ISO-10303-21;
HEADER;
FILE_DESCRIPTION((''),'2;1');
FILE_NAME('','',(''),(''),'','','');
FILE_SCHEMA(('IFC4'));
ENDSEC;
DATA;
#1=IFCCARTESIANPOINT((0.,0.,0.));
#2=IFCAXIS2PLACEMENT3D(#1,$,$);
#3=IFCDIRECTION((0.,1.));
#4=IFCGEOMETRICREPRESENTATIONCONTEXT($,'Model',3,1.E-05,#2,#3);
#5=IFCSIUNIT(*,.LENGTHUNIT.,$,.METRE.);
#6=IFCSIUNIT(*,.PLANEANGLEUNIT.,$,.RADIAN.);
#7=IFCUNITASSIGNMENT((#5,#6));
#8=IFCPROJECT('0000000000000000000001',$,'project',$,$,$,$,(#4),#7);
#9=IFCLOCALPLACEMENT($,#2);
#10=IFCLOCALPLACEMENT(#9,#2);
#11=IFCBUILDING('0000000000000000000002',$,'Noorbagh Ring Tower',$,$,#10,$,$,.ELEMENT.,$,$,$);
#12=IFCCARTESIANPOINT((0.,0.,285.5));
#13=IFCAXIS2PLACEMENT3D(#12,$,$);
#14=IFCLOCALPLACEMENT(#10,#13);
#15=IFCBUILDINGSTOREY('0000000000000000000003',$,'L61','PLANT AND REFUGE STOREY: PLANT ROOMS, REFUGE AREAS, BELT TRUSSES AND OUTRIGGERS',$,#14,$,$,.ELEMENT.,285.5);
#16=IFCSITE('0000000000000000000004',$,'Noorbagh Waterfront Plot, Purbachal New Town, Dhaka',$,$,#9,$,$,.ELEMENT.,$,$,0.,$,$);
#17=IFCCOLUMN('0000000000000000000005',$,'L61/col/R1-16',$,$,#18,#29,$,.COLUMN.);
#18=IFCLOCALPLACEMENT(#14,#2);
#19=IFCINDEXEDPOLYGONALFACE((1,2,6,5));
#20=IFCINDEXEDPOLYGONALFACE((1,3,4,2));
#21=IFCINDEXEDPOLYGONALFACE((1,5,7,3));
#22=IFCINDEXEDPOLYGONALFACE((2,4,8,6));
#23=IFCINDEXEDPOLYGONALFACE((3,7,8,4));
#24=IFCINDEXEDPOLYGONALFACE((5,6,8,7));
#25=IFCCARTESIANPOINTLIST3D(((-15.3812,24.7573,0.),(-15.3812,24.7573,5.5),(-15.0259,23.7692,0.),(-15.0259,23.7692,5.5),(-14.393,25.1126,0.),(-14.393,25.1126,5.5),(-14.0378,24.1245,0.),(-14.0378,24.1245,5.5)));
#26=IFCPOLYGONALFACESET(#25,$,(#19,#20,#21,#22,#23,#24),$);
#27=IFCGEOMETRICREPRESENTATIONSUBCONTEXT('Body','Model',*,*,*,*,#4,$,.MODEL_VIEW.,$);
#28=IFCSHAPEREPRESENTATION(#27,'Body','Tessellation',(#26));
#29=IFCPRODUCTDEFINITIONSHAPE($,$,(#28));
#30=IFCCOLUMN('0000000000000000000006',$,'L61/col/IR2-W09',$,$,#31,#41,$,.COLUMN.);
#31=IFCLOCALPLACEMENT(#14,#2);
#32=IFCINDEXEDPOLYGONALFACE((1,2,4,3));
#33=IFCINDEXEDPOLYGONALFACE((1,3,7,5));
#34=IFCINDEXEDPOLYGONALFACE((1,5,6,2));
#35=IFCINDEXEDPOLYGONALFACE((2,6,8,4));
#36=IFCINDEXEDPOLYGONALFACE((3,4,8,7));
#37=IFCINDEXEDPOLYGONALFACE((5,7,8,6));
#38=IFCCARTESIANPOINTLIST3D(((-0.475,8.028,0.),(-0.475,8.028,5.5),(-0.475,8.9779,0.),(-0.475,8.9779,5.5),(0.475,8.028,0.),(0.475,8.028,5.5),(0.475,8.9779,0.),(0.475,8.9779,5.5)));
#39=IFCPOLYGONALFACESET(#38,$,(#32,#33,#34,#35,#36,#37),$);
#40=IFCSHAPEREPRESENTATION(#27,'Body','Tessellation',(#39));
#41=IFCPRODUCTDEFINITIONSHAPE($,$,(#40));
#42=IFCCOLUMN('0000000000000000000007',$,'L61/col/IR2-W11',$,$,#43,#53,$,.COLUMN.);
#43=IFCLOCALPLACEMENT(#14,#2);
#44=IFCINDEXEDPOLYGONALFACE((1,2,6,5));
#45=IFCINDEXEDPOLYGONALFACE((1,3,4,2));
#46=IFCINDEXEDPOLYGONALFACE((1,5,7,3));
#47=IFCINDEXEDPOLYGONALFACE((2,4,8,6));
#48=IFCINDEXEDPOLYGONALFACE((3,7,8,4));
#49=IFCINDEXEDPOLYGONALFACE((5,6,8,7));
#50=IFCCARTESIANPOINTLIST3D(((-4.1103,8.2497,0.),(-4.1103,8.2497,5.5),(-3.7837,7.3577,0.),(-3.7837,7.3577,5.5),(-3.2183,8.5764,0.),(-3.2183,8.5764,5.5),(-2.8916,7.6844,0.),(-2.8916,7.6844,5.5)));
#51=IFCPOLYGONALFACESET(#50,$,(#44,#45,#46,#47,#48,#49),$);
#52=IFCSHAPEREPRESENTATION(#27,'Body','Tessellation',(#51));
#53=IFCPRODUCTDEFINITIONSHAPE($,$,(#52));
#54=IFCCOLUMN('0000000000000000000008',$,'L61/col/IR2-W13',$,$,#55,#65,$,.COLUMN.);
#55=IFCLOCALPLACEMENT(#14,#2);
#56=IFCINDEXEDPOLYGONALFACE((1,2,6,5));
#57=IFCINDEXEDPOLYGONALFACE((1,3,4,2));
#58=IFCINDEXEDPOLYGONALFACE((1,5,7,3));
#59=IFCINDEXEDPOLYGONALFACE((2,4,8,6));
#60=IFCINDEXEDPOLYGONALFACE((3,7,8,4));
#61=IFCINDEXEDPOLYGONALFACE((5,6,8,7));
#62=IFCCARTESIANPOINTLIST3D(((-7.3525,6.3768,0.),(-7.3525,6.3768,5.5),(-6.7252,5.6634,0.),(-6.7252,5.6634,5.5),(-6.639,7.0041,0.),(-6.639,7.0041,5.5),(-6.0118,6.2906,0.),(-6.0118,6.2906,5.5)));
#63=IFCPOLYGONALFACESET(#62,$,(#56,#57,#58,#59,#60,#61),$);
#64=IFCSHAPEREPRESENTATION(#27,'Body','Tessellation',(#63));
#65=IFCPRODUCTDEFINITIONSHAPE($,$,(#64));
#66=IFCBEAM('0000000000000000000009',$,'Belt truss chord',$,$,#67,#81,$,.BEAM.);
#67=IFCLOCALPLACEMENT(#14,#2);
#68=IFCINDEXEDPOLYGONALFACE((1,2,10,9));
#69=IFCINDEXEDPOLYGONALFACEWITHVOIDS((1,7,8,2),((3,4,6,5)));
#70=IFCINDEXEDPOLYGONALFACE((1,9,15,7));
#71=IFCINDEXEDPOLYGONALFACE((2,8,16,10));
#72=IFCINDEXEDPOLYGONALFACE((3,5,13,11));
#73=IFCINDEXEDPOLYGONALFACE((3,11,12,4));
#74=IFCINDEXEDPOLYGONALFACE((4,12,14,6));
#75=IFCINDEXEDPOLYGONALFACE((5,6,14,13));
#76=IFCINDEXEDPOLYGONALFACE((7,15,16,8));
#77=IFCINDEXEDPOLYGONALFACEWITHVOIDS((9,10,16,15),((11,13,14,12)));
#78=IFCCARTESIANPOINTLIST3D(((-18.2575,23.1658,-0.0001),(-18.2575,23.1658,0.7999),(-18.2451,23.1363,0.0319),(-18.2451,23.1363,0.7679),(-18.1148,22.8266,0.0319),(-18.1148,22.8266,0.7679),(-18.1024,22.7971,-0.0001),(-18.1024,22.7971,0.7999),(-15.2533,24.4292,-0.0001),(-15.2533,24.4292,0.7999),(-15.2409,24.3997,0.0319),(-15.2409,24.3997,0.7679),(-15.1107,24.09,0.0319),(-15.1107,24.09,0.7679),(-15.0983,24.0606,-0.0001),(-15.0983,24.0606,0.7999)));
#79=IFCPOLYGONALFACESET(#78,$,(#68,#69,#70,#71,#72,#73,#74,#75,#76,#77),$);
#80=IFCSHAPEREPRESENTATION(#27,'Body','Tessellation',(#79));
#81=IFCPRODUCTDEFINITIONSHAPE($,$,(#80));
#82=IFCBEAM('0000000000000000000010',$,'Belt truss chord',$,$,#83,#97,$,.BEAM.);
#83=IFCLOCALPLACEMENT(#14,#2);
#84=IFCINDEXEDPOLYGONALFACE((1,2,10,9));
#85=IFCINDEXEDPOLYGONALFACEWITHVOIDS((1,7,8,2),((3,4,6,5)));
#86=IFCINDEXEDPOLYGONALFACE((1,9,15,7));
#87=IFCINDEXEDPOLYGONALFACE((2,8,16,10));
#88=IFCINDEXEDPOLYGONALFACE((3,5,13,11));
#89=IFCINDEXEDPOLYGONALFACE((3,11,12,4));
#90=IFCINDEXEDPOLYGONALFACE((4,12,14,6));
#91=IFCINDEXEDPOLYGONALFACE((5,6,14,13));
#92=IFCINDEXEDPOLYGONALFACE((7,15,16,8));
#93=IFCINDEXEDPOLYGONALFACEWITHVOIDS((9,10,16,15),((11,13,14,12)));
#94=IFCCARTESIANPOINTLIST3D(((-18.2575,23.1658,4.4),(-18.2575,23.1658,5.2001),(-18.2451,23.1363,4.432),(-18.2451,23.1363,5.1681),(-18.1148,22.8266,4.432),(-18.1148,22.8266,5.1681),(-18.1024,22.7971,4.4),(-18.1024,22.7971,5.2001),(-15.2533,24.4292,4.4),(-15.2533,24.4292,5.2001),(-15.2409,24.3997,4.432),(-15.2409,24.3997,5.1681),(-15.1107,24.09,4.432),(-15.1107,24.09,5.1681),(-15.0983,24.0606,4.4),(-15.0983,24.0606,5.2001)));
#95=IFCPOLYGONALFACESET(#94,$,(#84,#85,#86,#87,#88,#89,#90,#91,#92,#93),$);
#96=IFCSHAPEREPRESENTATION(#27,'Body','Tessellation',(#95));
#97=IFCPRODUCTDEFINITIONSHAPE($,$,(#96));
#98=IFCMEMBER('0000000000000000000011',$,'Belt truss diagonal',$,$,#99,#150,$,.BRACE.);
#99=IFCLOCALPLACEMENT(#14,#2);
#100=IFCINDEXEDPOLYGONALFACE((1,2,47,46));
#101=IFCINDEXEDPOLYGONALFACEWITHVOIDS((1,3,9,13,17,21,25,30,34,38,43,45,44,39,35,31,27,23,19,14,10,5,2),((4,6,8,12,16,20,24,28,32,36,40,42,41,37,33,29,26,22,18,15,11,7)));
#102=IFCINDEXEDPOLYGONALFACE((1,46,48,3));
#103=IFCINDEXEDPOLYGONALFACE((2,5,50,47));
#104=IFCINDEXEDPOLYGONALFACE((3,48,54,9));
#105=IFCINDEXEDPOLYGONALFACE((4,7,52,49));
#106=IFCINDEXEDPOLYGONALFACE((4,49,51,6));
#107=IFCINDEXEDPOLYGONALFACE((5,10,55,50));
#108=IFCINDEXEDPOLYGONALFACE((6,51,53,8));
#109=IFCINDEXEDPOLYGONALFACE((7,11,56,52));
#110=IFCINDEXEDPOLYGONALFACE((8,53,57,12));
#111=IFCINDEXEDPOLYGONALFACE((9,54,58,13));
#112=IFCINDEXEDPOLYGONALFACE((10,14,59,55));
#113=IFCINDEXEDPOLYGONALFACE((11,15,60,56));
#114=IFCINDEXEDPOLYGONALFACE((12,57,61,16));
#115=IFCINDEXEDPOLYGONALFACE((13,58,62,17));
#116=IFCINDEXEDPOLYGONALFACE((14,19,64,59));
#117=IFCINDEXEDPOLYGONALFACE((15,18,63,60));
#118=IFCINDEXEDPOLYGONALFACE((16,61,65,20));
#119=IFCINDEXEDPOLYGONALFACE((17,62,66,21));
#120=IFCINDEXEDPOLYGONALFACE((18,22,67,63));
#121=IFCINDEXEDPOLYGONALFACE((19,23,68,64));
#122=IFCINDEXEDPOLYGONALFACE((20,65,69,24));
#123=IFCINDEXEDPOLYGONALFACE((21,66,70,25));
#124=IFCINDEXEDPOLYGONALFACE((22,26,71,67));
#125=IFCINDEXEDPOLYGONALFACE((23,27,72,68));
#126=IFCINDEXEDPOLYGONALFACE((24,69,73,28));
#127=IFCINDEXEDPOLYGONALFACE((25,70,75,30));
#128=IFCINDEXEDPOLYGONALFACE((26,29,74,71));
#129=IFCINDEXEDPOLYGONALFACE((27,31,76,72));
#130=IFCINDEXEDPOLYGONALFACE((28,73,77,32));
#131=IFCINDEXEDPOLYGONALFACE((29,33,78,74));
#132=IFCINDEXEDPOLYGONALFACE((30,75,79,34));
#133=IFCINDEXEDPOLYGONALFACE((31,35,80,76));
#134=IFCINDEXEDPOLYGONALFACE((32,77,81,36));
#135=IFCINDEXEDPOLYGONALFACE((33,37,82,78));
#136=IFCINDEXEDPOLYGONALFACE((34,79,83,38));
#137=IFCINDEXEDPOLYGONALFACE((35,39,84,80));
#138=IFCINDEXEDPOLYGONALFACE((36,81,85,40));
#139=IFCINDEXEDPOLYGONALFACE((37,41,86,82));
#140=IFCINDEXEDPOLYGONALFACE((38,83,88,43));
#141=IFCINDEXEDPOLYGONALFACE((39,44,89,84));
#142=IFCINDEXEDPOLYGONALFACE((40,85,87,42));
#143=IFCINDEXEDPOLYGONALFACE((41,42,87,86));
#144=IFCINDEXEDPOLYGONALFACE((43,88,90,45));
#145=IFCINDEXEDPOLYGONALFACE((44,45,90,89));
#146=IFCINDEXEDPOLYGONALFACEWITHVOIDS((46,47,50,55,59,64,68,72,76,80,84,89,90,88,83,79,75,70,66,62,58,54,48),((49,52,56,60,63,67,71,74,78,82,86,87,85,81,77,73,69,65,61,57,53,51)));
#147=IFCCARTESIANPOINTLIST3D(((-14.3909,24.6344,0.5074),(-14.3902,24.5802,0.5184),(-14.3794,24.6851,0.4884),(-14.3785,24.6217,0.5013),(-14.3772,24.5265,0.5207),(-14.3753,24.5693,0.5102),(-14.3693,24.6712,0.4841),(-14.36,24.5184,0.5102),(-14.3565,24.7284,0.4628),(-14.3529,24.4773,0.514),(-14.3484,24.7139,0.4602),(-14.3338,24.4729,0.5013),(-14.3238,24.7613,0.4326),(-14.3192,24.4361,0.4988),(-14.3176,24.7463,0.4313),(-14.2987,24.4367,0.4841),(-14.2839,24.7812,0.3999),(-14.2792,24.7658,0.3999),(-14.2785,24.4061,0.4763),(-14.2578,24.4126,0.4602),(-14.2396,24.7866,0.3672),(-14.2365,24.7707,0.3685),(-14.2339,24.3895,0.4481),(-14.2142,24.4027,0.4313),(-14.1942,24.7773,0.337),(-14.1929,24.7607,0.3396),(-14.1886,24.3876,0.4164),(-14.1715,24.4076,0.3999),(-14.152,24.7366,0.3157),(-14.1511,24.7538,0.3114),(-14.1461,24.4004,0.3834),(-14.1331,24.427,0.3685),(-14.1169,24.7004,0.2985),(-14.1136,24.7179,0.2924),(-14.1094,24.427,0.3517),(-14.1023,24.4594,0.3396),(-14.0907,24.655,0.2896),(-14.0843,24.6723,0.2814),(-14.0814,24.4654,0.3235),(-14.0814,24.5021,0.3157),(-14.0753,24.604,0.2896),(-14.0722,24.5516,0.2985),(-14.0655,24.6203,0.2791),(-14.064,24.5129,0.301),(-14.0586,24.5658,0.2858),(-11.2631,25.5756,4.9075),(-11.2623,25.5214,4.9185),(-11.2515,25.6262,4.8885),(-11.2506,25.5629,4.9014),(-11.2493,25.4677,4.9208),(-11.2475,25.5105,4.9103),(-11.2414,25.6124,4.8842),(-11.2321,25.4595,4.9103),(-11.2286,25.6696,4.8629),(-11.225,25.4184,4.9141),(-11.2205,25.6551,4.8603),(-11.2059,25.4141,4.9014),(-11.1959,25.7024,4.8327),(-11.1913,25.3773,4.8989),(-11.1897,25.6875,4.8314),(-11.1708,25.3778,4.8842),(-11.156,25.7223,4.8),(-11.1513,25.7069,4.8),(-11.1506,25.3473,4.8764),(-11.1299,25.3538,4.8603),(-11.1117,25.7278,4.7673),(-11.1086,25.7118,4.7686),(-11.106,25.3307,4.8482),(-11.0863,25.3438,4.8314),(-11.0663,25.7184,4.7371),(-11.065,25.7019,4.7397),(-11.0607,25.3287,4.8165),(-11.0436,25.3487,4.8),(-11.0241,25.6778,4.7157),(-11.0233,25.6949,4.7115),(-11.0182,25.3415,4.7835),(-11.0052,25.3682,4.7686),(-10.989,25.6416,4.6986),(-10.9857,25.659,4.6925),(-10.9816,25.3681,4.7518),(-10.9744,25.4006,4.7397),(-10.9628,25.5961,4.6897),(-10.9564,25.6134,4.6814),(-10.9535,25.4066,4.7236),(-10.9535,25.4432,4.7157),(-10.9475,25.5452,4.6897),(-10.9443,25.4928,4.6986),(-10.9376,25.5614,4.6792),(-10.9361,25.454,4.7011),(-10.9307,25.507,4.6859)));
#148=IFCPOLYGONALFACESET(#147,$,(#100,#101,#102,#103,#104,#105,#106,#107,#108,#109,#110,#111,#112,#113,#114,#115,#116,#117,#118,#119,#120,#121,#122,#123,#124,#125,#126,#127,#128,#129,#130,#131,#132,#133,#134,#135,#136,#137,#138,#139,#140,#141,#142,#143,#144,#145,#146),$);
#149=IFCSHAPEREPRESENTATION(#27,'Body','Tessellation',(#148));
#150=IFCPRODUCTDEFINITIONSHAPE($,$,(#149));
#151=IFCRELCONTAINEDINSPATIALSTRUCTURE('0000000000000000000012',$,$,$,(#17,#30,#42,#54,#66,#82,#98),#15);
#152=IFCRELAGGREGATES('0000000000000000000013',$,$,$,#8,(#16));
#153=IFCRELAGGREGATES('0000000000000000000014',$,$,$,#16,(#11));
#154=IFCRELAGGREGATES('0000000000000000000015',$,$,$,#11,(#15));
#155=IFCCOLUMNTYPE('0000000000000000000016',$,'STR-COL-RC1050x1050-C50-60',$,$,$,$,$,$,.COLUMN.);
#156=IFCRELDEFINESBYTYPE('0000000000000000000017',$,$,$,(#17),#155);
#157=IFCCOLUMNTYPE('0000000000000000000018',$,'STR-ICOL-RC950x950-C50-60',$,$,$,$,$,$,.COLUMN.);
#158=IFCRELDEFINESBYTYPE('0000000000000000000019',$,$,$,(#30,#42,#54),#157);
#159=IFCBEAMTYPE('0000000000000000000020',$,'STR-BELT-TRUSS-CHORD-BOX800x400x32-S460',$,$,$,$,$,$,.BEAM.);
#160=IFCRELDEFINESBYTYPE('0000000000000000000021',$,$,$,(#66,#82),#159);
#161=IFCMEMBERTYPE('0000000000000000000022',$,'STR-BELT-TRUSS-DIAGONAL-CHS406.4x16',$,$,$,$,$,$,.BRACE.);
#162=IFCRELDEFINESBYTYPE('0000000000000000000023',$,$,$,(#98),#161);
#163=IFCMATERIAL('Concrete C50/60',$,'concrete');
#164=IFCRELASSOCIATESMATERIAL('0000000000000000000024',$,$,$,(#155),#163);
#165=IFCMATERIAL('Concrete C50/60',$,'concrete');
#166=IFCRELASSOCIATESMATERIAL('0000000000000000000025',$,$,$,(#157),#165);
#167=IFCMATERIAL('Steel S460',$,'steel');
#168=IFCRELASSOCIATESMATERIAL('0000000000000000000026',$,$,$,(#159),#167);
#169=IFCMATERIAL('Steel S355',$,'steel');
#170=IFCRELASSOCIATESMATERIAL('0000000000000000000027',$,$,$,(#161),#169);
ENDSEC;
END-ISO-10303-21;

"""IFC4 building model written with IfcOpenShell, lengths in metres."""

from ifc_helpers import new_model, si_unit, direction, frame, origin, origin_2d, place, context, subcontext, project, spatial, rectangle, hollow_rectangle, hollow_circle, extrude, material, material_profile, profile_set, type_object, element, save


model = new_model("IFC4")

# Units and contexts
model_context = context("Model", 3, precision=1e-05, world=origin(), true_north=direction((0.0, 1.0)))
body_context = subcontext(model_context, "Body", "Model", "MODEL_VIEW")
ifc_project = project(units=[si_unit("LENGTHUNIT", "METRE"), si_unit("PLANEANGLEUNIT", "RADIAN")], contexts=[model_context])

# Site, building, storey
site_placement = place(None, origin())
site = spatial("IfcSite", under=ifc_project, at=site_placement, Name="Noorbagh Waterfront Plot, Purbachal New Town, Dhaka", CompositionType="ELEMENT", RefElevation=0.0)
building_placement = place(site_placement, origin())
building = spatial("IfcBuilding", under=site, at=building_placement, Name="Noorbagh Ring Tower", CompositionType="ELEMENT")
storey_placement = place(building_placement, frame((0.0, 0.0, 285.5)))
storey = spatial("IfcBuildingStorey", under=building, at=storey_placement, Name="L61", Description="PLANT AND REFUGE STOREY: PLANT ROOMS, REFUGE AREAS, BELT TRUSSES AND OUTRIGGERS", CompositionType="ELEMENT", Elevation=285.5)

# Columns
ifc_material_1 = material(Name="Concrete C50/60", Category="concrete")
ifc_material_profile_1 = material_profile(ifc_material_1, rectangle(XDim=1.05, YDim=1.05, at=origin_2d()), Name="RC1050x1050")
ifc_profile_set_1 = profile_set([ifc_material_profile_1], Name="Concrete C50/60")
column_type_1 = type_object("IfcColumnType", Name="STR-COL-RC1050x1050-C50-60", PredefinedType="COLUMN", material=ifc_profile_set_1)
column_placement = place(storey_placement, frame((-14.7095, 24.4409, 0.0), z_axis=(0.0, 0.0, 1.0), x_axis=(-0.941025, -0.338338, 0.0)))
element("IfcColumn", 1, at=column_placement, inside=storey, type_object=column_type_1, Name="L61/col/R1-16", PredefinedType="COLUMN", context=body_context, shape_type="SweptSolid", body=[
    extrude(rectangle(XDim=1.05, YDim=1.05, at=origin_2d()), origin(), (0.0, 0.0, 1.0), 5.5),
])
ifc_material_2 = material(Name="Concrete C50/60", Category="concrete")
ifc_material_profile_2 = material_profile(ifc_material_2, rectangle(XDim=0.95, YDim=0.95, at=origin_2d()), Name="RC950x950")
ifc_profile_set_2 = profile_set([ifc_material_profile_2], Name="Concrete C50/60")
column_type_2 = type_object("IfcColumnType", Name="STR-ICOL-RC950x950-C50-60", PredefinedType="COLUMN", material=ifc_profile_set_2)
for number, where, z_axis, x_axis, name in (
    (2, (0.0, 8.5029, 0.0), (0.0, 0.0, 1.0), (-1.0, 0.0, 0.0), "L61/col/IR2-W09"),
    (3, (-3.501, 7.967, 0.0), (0.0, 0.0, 1.0), (-0.93902, -0.343864, 0.0), "L61/col/IR2-W11"),
    (4, (-6.6821, 6.3337, 0.0), (0.0, 0.0, 1.0), (-0.751022, -0.660277, 0.0), "L61/col/IR2-W13"),
):
    element("IfcColumn", number, at=place(storey_placement, frame(where, z_axis=z_axis, x_axis=x_axis)), inside=storey, type_object=column_type_2, Name=name, PredefinedType="COLUMN", context=body_context, shape_type="SweptSolid", body=[
        extrude(rectangle(XDim=0.95, YDim=0.95, at=origin_2d()), origin(), (0.0, 0.0, 1.0), 5.5),
    ])

# Beams
ifc_material_3 = material(Name="Steel S460", Category="steel")
ifc_material_profile_3 = material_profile(ifc_material_3, hollow_rectangle(XDim=0.3999, YDim=0.8, WallThickness=0.032, at=origin_2d()), Name="BOX800x400x32")
ifc_profile_set_3 = profile_set([ifc_material_profile_3], Name="Steel S460")
beam_type_1 = type_object("IfcBeamType", Name="STR-BELT-TRUSS-CHORD-BOX800x400x32-S460", PredefinedType="BEAM", material=ifc_profile_set_3)
for number, where, z_axis, x_axis, name in (
    (5, (-15.1758, 24.2449, 0.3999), (-0.921797, -0.387672, 0.0), (0.387672, -0.921797, 0.0), "Belt truss chord"),
    (6, (-15.1758, 24.2449, 4.8), (-0.921797, -0.387672, 0.0), (0.387672, -0.921797, 0.0), "Belt truss chord"),
):
    element("IfcBeam", number, at=place(storey_placement, frame(where, z_axis=z_axis, x_axis=x_axis)), inside=storey, type_object=beam_type_1, Name=name, PredefinedType="BEAM", context=body_context, shape_type="SweptSolid", body=[
        extrude(hollow_rectangle(XDim=0.3999, YDim=0.8, WallThickness=0.032, at=origin_2d()), origin(), (0.0, 0.0, 1.0), 3.259),
    ])

# Member
ifc_material_4 = material(Name="Steel S355", Category="steel")
ifc_material_profile_4 = material_profile(ifc_material_4, hollow_circle(Radius=0.2031, WallThickness=0.0161, at=origin_2d()), Name="CHS406.4x16")
ifc_profile_set_4 = profile_set([ifc_material_profile_4], Name="Steel S355")
member_type = type_object("IfcMemberType", Name="STR-BELT-TRUSS-DIAGONAL-CHS406.4x16", PredefinedType="BRACE", material=ifc_profile_set_4)
member_1_placement = place(storey_placement, frame((-14.2253, 24.5867, 0.3999), z_axis=(0.570784, 0.171743, 0.802938), x_axis=(-0.288129, 0.957591, 0.0)))
element("IfcMember", 7, at=member_1_placement, inside=storey, type_object=member_type, Name="Belt truss diagonal", PredefinedType="BRACE", context=body_context, shape_type="SweptSolid", body=[
    extrude(hollow_circle(Radius=0.2031, WallThickness=0.0161, at=origin_2d()), origin(), (0.0, 0.0, 1.0), 5.48),
])

save(model, "model.ifc")
